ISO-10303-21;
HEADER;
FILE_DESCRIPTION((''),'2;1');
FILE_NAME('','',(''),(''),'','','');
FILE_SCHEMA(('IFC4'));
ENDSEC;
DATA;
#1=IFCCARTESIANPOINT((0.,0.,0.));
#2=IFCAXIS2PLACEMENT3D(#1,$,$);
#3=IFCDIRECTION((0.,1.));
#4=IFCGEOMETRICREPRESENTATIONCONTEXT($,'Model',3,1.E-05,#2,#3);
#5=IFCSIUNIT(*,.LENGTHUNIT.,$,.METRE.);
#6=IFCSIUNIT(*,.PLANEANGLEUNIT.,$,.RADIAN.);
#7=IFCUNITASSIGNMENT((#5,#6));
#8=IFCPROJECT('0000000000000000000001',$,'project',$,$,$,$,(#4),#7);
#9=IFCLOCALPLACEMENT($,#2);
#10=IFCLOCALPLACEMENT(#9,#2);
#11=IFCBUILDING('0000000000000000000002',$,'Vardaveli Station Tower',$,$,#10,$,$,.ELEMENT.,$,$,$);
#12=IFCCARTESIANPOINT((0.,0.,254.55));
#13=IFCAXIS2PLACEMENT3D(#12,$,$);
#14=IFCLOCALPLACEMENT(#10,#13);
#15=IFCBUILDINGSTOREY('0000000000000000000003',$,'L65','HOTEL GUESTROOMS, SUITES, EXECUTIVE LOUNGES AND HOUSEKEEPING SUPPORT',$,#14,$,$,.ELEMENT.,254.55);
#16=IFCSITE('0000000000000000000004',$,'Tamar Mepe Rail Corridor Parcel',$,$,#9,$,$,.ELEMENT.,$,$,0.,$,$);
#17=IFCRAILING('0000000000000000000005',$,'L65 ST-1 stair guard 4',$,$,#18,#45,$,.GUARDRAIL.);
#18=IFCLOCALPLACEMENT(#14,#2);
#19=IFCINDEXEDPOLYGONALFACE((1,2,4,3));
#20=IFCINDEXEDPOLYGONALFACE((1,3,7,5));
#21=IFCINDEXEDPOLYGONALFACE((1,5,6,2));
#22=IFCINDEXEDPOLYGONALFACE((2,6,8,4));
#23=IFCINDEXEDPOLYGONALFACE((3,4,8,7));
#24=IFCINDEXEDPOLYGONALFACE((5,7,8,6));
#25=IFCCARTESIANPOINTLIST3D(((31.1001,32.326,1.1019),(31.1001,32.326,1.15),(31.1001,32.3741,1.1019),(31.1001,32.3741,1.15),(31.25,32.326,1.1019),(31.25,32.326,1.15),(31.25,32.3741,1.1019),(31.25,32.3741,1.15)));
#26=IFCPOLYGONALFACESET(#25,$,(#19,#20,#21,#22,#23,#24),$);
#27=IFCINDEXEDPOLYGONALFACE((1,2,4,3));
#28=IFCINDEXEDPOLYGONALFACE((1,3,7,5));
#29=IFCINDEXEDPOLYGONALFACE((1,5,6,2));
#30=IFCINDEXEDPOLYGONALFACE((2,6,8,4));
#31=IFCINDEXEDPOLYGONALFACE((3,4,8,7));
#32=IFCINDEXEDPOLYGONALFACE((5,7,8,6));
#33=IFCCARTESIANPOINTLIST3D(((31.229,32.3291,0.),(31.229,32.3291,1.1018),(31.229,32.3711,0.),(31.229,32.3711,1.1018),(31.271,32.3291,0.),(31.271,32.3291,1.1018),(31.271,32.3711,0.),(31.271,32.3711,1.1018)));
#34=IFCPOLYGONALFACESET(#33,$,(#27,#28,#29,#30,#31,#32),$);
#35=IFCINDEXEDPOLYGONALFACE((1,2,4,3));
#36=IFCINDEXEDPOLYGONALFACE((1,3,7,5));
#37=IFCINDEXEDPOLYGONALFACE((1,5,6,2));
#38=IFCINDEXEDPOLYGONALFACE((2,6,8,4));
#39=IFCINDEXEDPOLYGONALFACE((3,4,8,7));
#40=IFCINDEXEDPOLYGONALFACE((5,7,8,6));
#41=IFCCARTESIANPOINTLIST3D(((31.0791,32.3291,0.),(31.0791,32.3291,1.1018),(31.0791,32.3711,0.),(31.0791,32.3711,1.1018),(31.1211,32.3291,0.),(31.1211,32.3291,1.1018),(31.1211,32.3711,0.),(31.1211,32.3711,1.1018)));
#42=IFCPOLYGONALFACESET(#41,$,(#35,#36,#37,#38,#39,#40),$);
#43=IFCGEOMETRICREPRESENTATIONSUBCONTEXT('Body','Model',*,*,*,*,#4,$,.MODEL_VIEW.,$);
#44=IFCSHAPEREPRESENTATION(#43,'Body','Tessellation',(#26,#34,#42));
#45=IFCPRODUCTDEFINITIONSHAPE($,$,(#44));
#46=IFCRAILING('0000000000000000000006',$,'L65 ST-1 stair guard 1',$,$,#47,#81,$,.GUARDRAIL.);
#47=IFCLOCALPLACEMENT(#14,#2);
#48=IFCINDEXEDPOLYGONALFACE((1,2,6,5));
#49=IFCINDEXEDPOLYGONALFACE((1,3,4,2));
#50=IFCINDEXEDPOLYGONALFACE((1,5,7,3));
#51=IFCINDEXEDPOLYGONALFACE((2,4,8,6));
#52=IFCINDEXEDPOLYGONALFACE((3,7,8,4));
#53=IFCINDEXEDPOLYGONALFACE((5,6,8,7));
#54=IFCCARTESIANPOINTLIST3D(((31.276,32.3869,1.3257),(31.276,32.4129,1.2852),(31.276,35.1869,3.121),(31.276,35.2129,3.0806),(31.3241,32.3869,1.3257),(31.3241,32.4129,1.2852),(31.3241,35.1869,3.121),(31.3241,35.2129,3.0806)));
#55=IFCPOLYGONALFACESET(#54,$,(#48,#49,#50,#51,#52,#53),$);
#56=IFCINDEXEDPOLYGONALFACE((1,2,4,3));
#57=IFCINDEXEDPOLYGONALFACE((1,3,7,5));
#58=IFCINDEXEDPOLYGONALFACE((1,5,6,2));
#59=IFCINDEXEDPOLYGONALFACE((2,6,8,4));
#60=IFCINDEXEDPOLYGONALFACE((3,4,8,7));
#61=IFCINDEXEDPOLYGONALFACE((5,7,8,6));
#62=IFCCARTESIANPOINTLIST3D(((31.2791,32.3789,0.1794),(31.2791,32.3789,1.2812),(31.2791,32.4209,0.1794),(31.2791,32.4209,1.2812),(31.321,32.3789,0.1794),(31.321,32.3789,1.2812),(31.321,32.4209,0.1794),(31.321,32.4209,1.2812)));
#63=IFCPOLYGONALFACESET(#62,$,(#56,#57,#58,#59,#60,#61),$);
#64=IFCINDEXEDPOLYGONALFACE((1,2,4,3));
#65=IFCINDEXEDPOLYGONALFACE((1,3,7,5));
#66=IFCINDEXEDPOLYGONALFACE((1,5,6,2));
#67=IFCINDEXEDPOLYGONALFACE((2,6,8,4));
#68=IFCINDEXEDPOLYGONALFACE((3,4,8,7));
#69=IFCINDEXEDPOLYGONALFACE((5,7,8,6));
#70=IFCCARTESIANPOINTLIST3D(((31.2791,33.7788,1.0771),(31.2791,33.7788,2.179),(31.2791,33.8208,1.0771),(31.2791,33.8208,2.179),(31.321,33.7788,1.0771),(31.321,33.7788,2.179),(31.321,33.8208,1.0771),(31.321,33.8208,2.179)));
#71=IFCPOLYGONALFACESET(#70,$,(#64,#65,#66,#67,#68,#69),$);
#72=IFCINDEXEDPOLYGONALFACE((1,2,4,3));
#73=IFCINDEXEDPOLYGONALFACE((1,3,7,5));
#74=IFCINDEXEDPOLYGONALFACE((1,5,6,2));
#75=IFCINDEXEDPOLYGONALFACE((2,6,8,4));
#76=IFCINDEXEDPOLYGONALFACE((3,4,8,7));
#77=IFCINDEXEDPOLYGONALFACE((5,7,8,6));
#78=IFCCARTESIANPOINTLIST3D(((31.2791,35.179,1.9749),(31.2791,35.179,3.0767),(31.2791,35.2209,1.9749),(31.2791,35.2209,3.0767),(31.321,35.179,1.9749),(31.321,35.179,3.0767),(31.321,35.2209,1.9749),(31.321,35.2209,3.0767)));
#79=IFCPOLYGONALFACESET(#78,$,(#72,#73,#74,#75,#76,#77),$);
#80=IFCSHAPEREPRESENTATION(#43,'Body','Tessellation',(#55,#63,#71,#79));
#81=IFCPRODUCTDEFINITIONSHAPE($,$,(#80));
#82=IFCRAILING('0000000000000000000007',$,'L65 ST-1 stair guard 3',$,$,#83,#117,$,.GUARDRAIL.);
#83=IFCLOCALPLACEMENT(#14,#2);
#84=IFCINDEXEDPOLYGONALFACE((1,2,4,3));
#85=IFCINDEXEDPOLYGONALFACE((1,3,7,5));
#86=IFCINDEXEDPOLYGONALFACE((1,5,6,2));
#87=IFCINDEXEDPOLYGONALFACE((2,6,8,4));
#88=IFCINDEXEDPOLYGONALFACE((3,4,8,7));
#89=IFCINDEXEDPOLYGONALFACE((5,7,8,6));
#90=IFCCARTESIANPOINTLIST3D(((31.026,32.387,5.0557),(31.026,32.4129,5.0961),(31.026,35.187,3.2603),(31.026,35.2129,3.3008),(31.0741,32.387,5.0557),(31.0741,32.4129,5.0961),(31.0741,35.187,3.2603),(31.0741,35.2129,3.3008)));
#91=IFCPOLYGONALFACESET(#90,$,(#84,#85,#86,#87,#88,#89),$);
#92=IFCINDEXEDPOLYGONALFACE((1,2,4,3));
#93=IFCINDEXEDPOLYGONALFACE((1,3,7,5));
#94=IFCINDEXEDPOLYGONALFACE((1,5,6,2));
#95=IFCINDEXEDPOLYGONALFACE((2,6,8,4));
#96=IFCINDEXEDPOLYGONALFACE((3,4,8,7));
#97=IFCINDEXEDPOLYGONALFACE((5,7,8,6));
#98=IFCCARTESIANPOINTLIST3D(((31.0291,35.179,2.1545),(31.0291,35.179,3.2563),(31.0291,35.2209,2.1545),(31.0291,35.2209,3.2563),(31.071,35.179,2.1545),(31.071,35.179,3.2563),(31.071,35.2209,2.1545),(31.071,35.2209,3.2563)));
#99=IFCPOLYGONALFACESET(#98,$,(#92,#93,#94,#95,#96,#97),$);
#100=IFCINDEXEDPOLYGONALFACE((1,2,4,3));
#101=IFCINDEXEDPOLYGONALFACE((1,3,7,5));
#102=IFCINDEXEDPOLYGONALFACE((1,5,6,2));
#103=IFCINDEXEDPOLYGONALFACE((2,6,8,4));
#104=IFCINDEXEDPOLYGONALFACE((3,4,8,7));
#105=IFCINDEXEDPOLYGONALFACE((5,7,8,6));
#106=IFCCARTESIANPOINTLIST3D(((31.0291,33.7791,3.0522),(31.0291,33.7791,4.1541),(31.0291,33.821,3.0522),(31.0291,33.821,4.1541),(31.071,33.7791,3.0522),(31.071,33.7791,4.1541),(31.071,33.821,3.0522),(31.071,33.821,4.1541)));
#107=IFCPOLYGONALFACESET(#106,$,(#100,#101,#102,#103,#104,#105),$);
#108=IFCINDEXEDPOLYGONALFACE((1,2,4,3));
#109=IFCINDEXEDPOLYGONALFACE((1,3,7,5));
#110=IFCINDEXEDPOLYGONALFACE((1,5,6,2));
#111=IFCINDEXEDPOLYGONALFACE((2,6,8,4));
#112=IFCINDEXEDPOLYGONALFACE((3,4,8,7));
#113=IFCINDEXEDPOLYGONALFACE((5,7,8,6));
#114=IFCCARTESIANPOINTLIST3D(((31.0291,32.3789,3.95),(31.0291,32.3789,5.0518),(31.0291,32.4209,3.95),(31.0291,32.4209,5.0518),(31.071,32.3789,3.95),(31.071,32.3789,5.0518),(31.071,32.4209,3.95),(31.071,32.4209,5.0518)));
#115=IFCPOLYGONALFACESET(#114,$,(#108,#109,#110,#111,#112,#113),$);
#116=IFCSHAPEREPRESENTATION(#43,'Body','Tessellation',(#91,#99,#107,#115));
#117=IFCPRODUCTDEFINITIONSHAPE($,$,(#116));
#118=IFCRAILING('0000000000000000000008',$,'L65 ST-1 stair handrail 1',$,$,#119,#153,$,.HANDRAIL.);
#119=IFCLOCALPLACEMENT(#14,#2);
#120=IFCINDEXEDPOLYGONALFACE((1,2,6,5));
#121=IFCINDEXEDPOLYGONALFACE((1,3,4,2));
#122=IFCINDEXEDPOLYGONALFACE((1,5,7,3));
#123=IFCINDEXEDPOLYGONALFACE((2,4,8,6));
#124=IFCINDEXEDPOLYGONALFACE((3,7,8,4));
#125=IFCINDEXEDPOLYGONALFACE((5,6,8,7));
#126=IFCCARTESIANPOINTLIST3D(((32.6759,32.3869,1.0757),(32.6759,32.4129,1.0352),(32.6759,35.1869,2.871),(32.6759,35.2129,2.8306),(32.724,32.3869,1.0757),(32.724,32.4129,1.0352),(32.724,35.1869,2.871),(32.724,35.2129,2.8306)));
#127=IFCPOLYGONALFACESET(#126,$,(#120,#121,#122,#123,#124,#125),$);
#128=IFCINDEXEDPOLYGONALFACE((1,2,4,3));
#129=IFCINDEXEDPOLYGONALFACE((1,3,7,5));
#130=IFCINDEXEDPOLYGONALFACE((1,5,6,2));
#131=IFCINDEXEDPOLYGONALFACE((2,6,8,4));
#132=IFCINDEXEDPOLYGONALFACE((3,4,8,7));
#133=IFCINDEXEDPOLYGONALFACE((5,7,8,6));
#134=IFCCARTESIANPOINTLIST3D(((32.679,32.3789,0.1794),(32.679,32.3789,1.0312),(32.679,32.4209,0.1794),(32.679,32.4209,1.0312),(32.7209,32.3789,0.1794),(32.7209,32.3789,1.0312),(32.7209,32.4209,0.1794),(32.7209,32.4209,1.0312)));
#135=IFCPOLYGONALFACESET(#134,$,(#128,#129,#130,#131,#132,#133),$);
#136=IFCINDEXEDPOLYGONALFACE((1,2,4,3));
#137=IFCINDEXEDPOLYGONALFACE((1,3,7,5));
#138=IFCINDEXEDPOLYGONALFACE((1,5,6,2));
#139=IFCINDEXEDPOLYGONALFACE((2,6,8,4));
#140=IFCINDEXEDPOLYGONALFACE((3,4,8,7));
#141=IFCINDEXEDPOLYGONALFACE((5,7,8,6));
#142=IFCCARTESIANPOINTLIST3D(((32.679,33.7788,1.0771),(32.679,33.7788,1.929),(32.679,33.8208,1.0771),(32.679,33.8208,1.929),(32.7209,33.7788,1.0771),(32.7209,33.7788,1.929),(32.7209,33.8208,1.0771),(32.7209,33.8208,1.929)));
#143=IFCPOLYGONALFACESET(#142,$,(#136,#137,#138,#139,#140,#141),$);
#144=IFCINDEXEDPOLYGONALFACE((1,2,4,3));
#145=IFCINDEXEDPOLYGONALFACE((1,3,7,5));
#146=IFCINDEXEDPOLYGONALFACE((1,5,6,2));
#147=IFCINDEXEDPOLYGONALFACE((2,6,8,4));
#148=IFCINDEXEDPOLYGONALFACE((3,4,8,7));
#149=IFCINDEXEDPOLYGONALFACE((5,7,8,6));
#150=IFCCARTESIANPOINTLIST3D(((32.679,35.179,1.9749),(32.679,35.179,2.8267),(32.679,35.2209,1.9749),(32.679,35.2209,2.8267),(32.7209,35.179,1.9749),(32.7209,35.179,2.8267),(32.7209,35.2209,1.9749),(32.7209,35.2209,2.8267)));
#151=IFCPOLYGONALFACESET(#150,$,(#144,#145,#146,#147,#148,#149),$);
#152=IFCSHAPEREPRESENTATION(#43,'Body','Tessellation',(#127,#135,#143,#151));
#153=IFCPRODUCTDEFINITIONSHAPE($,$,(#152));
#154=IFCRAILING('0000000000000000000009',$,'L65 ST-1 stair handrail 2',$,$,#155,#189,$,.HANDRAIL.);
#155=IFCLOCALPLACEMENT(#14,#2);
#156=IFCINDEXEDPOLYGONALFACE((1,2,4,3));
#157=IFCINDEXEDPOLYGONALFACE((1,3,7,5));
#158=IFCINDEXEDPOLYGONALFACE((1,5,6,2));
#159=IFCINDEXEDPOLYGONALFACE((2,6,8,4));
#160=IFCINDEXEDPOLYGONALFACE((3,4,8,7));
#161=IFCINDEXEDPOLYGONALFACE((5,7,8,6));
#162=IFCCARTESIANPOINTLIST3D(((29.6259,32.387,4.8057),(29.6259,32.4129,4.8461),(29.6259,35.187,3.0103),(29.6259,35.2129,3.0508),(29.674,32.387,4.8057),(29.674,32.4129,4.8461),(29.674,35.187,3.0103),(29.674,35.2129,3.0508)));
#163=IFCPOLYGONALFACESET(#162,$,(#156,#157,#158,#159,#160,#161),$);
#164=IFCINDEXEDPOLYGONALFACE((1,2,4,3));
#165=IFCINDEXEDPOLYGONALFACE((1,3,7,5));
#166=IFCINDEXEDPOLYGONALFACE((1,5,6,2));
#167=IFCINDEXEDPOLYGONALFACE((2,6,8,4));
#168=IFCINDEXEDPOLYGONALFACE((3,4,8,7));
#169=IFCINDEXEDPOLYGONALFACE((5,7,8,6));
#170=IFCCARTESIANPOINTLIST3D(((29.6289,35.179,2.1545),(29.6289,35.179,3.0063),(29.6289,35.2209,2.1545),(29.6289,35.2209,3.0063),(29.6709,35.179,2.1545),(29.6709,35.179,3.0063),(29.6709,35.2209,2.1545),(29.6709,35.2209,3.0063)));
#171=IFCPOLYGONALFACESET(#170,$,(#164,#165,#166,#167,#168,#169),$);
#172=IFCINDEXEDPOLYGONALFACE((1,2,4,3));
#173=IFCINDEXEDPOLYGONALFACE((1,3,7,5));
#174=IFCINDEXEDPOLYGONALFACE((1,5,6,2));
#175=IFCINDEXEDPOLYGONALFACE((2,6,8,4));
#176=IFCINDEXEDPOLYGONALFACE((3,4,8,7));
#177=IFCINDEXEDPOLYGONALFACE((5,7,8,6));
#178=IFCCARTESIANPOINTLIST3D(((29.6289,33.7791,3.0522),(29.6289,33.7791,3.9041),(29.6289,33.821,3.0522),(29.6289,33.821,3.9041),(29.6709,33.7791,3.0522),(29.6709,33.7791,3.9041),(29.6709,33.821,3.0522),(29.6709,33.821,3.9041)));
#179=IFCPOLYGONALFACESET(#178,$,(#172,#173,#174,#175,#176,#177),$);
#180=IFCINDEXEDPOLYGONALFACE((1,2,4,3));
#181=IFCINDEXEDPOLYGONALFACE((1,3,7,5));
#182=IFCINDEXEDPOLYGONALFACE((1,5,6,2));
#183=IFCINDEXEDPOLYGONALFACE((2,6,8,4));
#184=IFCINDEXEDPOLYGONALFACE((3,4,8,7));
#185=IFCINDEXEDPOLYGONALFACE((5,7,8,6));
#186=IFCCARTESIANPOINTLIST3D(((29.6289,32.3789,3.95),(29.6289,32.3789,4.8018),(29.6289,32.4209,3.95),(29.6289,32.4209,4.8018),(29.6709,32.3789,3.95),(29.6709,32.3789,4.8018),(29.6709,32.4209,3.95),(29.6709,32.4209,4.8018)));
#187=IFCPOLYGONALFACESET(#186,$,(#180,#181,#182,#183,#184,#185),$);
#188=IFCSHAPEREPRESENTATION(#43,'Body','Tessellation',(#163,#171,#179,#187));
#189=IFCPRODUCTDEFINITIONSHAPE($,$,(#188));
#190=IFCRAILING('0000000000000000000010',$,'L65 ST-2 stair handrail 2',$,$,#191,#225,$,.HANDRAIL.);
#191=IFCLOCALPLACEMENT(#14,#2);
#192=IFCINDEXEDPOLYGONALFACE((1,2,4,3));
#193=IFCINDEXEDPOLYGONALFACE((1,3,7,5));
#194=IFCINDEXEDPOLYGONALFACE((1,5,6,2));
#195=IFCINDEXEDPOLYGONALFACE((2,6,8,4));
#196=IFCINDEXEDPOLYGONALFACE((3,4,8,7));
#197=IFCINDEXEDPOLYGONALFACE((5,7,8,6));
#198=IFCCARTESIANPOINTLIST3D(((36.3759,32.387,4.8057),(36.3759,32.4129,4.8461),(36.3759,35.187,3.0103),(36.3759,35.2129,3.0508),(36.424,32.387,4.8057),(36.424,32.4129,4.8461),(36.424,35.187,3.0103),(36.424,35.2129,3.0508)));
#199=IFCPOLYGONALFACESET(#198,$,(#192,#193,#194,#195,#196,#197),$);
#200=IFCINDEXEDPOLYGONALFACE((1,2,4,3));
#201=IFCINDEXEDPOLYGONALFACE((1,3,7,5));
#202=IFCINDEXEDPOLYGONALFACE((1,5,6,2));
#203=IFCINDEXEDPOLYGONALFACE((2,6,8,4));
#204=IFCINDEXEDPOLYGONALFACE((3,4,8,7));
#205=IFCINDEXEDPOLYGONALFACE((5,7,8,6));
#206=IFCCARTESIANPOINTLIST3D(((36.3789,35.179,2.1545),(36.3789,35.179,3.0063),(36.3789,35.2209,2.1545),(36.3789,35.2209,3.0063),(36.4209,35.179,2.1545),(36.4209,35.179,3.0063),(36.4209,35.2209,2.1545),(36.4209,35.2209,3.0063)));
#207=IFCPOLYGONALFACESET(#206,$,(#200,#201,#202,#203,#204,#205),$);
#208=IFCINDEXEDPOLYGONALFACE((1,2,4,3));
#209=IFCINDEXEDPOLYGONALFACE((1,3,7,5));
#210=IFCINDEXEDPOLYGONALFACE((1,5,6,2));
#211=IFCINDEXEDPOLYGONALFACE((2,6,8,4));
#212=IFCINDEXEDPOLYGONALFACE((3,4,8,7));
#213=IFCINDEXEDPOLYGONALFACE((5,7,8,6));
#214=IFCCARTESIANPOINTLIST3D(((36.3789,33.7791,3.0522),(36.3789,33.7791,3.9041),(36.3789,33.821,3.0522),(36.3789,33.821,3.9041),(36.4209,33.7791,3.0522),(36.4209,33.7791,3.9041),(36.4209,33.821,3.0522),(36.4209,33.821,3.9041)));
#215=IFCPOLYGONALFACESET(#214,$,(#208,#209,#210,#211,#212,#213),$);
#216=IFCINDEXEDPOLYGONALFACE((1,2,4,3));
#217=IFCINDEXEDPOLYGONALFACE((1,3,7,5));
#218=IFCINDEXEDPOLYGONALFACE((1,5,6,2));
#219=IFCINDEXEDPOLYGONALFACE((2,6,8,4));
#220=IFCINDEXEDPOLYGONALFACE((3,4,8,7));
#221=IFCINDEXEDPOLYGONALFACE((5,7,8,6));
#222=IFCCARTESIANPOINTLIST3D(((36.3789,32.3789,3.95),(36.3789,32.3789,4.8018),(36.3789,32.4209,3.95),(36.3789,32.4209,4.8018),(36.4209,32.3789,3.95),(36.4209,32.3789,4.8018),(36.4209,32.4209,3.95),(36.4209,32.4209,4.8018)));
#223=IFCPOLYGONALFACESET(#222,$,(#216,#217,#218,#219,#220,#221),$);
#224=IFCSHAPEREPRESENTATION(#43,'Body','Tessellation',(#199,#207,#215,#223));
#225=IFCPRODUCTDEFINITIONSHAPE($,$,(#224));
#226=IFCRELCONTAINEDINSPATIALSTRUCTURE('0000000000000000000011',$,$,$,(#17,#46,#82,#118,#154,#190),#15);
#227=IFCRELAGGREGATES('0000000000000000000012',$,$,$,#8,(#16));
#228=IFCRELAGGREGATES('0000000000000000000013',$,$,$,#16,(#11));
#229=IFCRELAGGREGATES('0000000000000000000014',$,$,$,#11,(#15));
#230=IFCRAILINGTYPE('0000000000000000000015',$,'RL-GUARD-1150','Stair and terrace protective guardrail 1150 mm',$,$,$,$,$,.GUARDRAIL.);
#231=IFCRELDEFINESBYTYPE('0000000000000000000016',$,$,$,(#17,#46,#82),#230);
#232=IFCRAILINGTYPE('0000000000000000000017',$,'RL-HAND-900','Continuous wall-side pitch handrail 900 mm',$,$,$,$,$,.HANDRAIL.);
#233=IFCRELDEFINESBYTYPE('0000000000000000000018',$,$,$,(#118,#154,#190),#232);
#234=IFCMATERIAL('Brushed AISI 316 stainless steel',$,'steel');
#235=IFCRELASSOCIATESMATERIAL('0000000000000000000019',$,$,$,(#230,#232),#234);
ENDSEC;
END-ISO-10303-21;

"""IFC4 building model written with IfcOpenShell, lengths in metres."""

from ifc_helpers import new_model, si_unit, direction, frame, origin, origin_2d, place, context, subcontext, project, spatial, rectangle, extrude, source, transform, mapped, material, type_object, element, save


model = new_model("IFC4")

# Units and contexts
model_context = context("Model", 3, precision=1e-05, world=origin(), true_north=direction((0.0, 1.0)))
body_context = subcontext(model_context, "Body", "Model", "MODEL_VIEW")
ifc_project = project(units=[si_unit("LENGTHUNIT", "METRE"), si_unit("PLANEANGLEUNIT", "RADIAN")], contexts=[model_context])

# Site, building, storey
site_placement = place(None, origin())
site = spatial("IfcSite", under=ifc_project, at=site_placement, Name="Tamar Mepe Rail Corridor Parcel", CompositionType="ELEMENT", RefElevation=0.0)
building_placement = place(site_placement, origin())
building = spatial("IfcBuilding", under=site, at=building_placement, Name="Vardaveli Station Tower", CompositionType="ELEMENT")
storey_placement = place(building_placement, frame((0.0, 0.0, 254.55)))
storey = spatial("IfcBuildingStorey", under=building, at=storey_placement, Name="L65", Description="HOTEL GUESTROOMS, SUITES, EXECUTIVE LOUNGES AND HOUSEKEEPING SUPPORT", CompositionType="ELEMENT", Elevation=254.55)

# Railings
ifc_material_1 = material(Name="Brushed AISI 316 stainless steel", Category="steel")
railing_type_1 = type_object("IfcRailingType", Name="RL-GUARD-1150", Description="Stair and terrace protective guardrail 1150 mm", PredefinedType="GUARDRAIL", material=ifc_material_1)
shared_shape_1 = source(origin(), body_context, "Body", "SweptSolid", [
    extrude(rectangle(XDim=0.0481, YDim=0.0481, at=origin_2d()), frame((0.0, 0.0, 1.126), z_axis=(-1.0, 0.0, 0.0), x_axis=(0.0, -1.0, 0.0)), (0.0, 0.0, 1.0), 0.1499),
    extrude(rectangle(XDim=0.042, YDim=0.042, at=origin_2d()), origin(), (0.0, 0.0, 1.0), 1.1018),
    extrude(rectangle(XDim=0.042, YDim=0.042, at=origin_2d()), frame((-0.1499, 0.0, 0.0)), (0.0, 0.0, 1.0), 1.1018),
])
for number, where, name in (
    (1, (31.25, 32.3501, 0.0), "L65 ST-1 stair guard 4"),
):
    element("IfcRailing", number, at=place(storey_placement, frame(where)), inside=storey, type_object=railing_type_1, Name=name, PredefinedType="GUARDRAIL", context=body_context, shape_type="MappedRepresentation", body=[
        mapped(shared_shape_1, transform((0.0, 0.0, 0.0), scale=1.0)),
    ])
shared_shape_2 = source(origin(), body_context, "Body", "SweptSolid", [
    extrude(rectangle(XDim=0.0481, YDim=0.0481, at=origin_2d()), frame((0.0, 0.0, 1.126), z_axis=(0.0, 0.84181, 0.539774), x_axis=(-1.0, 0.0, 0.0)), (0.0, 0.0, 1.0), 3.3262),
    extrude(rectangle(XDim=0.042, YDim=0.042, at=origin_2d()), origin(), (0.0, 0.0, 1.0), 1.1018),
    extrude(rectangle(XDim=0.042, YDim=0.042, at=origin_2d()), frame((0.0, 1.3999, 0.8977)), (0.0, 0.0, 1.0), 1.1018),
    extrude(rectangle(XDim=0.042, YDim=0.042, at=origin_2d()), frame((0.0, 2.8, 1.7954)), (0.0, 0.0, 1.0), 1.1018),
])
railing_1_placement = place(storey_placement, frame((31.3, 32.3999, 0.1794)))
element("IfcRailing", 2, at=railing_1_placement, inside=storey, type_object=railing_type_1, Name="L65 ST-1 stair guard 1", PredefinedType="GUARDRAIL", context=body_context, shape_type="MappedRepresentation", body=[
    mapped(shared_shape_2, transform((0.0, 0.0, 0.0), scale=1.0)),
])
shared_shape_3 = source(origin(), body_context, "Body", "SweptSolid", [
    extrude(rectangle(XDim=0.0481, YDim=0.0481, at=origin_2d()), frame((0.0, 0.0, 1.126), z_axis=(0.0, -0.84181, 0.539774), x_axis=(1.0, 0.0, 0.0)), (0.0, 0.0, 1.0), 3.3262),
    extrude(rectangle(XDim=0.042, YDim=0.042, at=origin_2d()), origin(), (0.0, 0.0, 1.0), 1.1018),
    extrude(rectangle(XDim=0.042, YDim=0.042, at=origin_2d()), frame((0.0, -1.3999, 0.8977)), (0.0, 0.0, 1.0), 1.1018),
    extrude(rectangle(XDim=0.042, YDim=0.042, at=origin_2d()), frame((0.0, -2.8, 1.7954)), (0.0, 0.0, 1.0), 1.1018),
])
railing_2_placement = place(storey_placement, frame((31.05, 35.2, 2.1545)))
element("IfcRailing", 3, at=railing_2_placement, inside=storey, type_object=railing_type_1, Name="L65 ST-1 stair guard 3", PredefinedType="GUARDRAIL", context=body_context, shape_type="MappedRepresentation", body=[
    mapped(shared_shape_3, transform((0.0, 0.0, 0.0), scale=1.0)),
])
railing_type_2 = type_object("IfcRailingType", Name="RL-HAND-900", Description="Continuous wall-side pitch handrail 900 mm", PredefinedType="HANDRAIL", material=ifc_material_1)
shared_shape_4 = source(origin(), body_context, "Body", "SweptSolid", [
    extrude(rectangle(XDim=0.0481, YDim=0.0481, at=origin_2d()), frame((0.0, 0.0, 0.876), z_axis=(0.0, 0.84181, 0.539774), x_axis=(-1.0, 0.0, 0.0)), (0.0, 0.0, 1.0), 3.3262),
    extrude(rectangle(XDim=0.042, YDim=0.042, at=origin_2d()), origin(), (0.0, 0.0, 1.0), 0.8518),
    extrude(rectangle(XDim=0.042, YDim=0.042, at=origin_2d()), frame((0.0, 1.3999, 0.8977)), (0.0, 0.0, 1.0), 0.8518),
    extrude(rectangle(XDim=0.042, YDim=0.042, at=origin_2d()), frame((0.0, 2.8, 1.7954)), (0.0, 0.0, 1.0), 0.8518),
])
railing_3_placement = place(storey_placement, frame((32.7, 32.3999, 0.1794)))
element("IfcRailing", 4, at=railing_3_placement, inside=storey, type_object=railing_type_2, Name="L65 ST-1 stair handrail 1", PredefinedType="HANDRAIL", context=body_context, shape_type="MappedRepresentation", body=[
    mapped(shared_shape_4, transform((0.0, 0.0, 0.0), scale=1.0)),
])
shared_shape_5 = source(origin(), body_context, "Body", "SweptSolid", [
    extrude(rectangle(XDim=0.0481, YDim=0.0481, at=origin_2d()), frame((0.0, 0.0, 0.876), z_axis=(0.0, -0.84181, 0.539774), x_axis=(1.0, 0.0, 0.0)), (0.0, 0.0, 1.0), 3.3262),
    extrude(rectangle(XDim=0.042, YDim=0.042, at=origin_2d()), origin(), (0.0, 0.0, 1.0), 0.8518),
    extrude(rectangle(XDim=0.042, YDim=0.042, at=origin_2d()), frame((0.0, -1.3999, 0.8977)), (0.0, 0.0, 1.0), 0.8518),
    extrude(rectangle(XDim=0.042, YDim=0.042, at=origin_2d()), frame((0.0, -2.8, 1.7954)), (0.0, 0.0, 1.0), 0.8518),
])
for number, where, name in (
    (5, (29.6499, 35.2, 2.1545), "L65 ST-1 stair handrail 2"),
    (6, (36.3999, 35.2, 2.1545), "L65 ST-2 stair handrail 2"),
):
    element("IfcRailing", number, at=place(storey_placement, frame(where)), inside=storey, type_object=railing_type_2, Name=name, PredefinedType="HANDRAIL", context=body_context, shape_type="MappedRepresentation", body=[
        mapped(shared_shape_5, transform((0.0, 0.0, 0.0), scale=1.0)),
    ])

save(model, "model.ifc")
